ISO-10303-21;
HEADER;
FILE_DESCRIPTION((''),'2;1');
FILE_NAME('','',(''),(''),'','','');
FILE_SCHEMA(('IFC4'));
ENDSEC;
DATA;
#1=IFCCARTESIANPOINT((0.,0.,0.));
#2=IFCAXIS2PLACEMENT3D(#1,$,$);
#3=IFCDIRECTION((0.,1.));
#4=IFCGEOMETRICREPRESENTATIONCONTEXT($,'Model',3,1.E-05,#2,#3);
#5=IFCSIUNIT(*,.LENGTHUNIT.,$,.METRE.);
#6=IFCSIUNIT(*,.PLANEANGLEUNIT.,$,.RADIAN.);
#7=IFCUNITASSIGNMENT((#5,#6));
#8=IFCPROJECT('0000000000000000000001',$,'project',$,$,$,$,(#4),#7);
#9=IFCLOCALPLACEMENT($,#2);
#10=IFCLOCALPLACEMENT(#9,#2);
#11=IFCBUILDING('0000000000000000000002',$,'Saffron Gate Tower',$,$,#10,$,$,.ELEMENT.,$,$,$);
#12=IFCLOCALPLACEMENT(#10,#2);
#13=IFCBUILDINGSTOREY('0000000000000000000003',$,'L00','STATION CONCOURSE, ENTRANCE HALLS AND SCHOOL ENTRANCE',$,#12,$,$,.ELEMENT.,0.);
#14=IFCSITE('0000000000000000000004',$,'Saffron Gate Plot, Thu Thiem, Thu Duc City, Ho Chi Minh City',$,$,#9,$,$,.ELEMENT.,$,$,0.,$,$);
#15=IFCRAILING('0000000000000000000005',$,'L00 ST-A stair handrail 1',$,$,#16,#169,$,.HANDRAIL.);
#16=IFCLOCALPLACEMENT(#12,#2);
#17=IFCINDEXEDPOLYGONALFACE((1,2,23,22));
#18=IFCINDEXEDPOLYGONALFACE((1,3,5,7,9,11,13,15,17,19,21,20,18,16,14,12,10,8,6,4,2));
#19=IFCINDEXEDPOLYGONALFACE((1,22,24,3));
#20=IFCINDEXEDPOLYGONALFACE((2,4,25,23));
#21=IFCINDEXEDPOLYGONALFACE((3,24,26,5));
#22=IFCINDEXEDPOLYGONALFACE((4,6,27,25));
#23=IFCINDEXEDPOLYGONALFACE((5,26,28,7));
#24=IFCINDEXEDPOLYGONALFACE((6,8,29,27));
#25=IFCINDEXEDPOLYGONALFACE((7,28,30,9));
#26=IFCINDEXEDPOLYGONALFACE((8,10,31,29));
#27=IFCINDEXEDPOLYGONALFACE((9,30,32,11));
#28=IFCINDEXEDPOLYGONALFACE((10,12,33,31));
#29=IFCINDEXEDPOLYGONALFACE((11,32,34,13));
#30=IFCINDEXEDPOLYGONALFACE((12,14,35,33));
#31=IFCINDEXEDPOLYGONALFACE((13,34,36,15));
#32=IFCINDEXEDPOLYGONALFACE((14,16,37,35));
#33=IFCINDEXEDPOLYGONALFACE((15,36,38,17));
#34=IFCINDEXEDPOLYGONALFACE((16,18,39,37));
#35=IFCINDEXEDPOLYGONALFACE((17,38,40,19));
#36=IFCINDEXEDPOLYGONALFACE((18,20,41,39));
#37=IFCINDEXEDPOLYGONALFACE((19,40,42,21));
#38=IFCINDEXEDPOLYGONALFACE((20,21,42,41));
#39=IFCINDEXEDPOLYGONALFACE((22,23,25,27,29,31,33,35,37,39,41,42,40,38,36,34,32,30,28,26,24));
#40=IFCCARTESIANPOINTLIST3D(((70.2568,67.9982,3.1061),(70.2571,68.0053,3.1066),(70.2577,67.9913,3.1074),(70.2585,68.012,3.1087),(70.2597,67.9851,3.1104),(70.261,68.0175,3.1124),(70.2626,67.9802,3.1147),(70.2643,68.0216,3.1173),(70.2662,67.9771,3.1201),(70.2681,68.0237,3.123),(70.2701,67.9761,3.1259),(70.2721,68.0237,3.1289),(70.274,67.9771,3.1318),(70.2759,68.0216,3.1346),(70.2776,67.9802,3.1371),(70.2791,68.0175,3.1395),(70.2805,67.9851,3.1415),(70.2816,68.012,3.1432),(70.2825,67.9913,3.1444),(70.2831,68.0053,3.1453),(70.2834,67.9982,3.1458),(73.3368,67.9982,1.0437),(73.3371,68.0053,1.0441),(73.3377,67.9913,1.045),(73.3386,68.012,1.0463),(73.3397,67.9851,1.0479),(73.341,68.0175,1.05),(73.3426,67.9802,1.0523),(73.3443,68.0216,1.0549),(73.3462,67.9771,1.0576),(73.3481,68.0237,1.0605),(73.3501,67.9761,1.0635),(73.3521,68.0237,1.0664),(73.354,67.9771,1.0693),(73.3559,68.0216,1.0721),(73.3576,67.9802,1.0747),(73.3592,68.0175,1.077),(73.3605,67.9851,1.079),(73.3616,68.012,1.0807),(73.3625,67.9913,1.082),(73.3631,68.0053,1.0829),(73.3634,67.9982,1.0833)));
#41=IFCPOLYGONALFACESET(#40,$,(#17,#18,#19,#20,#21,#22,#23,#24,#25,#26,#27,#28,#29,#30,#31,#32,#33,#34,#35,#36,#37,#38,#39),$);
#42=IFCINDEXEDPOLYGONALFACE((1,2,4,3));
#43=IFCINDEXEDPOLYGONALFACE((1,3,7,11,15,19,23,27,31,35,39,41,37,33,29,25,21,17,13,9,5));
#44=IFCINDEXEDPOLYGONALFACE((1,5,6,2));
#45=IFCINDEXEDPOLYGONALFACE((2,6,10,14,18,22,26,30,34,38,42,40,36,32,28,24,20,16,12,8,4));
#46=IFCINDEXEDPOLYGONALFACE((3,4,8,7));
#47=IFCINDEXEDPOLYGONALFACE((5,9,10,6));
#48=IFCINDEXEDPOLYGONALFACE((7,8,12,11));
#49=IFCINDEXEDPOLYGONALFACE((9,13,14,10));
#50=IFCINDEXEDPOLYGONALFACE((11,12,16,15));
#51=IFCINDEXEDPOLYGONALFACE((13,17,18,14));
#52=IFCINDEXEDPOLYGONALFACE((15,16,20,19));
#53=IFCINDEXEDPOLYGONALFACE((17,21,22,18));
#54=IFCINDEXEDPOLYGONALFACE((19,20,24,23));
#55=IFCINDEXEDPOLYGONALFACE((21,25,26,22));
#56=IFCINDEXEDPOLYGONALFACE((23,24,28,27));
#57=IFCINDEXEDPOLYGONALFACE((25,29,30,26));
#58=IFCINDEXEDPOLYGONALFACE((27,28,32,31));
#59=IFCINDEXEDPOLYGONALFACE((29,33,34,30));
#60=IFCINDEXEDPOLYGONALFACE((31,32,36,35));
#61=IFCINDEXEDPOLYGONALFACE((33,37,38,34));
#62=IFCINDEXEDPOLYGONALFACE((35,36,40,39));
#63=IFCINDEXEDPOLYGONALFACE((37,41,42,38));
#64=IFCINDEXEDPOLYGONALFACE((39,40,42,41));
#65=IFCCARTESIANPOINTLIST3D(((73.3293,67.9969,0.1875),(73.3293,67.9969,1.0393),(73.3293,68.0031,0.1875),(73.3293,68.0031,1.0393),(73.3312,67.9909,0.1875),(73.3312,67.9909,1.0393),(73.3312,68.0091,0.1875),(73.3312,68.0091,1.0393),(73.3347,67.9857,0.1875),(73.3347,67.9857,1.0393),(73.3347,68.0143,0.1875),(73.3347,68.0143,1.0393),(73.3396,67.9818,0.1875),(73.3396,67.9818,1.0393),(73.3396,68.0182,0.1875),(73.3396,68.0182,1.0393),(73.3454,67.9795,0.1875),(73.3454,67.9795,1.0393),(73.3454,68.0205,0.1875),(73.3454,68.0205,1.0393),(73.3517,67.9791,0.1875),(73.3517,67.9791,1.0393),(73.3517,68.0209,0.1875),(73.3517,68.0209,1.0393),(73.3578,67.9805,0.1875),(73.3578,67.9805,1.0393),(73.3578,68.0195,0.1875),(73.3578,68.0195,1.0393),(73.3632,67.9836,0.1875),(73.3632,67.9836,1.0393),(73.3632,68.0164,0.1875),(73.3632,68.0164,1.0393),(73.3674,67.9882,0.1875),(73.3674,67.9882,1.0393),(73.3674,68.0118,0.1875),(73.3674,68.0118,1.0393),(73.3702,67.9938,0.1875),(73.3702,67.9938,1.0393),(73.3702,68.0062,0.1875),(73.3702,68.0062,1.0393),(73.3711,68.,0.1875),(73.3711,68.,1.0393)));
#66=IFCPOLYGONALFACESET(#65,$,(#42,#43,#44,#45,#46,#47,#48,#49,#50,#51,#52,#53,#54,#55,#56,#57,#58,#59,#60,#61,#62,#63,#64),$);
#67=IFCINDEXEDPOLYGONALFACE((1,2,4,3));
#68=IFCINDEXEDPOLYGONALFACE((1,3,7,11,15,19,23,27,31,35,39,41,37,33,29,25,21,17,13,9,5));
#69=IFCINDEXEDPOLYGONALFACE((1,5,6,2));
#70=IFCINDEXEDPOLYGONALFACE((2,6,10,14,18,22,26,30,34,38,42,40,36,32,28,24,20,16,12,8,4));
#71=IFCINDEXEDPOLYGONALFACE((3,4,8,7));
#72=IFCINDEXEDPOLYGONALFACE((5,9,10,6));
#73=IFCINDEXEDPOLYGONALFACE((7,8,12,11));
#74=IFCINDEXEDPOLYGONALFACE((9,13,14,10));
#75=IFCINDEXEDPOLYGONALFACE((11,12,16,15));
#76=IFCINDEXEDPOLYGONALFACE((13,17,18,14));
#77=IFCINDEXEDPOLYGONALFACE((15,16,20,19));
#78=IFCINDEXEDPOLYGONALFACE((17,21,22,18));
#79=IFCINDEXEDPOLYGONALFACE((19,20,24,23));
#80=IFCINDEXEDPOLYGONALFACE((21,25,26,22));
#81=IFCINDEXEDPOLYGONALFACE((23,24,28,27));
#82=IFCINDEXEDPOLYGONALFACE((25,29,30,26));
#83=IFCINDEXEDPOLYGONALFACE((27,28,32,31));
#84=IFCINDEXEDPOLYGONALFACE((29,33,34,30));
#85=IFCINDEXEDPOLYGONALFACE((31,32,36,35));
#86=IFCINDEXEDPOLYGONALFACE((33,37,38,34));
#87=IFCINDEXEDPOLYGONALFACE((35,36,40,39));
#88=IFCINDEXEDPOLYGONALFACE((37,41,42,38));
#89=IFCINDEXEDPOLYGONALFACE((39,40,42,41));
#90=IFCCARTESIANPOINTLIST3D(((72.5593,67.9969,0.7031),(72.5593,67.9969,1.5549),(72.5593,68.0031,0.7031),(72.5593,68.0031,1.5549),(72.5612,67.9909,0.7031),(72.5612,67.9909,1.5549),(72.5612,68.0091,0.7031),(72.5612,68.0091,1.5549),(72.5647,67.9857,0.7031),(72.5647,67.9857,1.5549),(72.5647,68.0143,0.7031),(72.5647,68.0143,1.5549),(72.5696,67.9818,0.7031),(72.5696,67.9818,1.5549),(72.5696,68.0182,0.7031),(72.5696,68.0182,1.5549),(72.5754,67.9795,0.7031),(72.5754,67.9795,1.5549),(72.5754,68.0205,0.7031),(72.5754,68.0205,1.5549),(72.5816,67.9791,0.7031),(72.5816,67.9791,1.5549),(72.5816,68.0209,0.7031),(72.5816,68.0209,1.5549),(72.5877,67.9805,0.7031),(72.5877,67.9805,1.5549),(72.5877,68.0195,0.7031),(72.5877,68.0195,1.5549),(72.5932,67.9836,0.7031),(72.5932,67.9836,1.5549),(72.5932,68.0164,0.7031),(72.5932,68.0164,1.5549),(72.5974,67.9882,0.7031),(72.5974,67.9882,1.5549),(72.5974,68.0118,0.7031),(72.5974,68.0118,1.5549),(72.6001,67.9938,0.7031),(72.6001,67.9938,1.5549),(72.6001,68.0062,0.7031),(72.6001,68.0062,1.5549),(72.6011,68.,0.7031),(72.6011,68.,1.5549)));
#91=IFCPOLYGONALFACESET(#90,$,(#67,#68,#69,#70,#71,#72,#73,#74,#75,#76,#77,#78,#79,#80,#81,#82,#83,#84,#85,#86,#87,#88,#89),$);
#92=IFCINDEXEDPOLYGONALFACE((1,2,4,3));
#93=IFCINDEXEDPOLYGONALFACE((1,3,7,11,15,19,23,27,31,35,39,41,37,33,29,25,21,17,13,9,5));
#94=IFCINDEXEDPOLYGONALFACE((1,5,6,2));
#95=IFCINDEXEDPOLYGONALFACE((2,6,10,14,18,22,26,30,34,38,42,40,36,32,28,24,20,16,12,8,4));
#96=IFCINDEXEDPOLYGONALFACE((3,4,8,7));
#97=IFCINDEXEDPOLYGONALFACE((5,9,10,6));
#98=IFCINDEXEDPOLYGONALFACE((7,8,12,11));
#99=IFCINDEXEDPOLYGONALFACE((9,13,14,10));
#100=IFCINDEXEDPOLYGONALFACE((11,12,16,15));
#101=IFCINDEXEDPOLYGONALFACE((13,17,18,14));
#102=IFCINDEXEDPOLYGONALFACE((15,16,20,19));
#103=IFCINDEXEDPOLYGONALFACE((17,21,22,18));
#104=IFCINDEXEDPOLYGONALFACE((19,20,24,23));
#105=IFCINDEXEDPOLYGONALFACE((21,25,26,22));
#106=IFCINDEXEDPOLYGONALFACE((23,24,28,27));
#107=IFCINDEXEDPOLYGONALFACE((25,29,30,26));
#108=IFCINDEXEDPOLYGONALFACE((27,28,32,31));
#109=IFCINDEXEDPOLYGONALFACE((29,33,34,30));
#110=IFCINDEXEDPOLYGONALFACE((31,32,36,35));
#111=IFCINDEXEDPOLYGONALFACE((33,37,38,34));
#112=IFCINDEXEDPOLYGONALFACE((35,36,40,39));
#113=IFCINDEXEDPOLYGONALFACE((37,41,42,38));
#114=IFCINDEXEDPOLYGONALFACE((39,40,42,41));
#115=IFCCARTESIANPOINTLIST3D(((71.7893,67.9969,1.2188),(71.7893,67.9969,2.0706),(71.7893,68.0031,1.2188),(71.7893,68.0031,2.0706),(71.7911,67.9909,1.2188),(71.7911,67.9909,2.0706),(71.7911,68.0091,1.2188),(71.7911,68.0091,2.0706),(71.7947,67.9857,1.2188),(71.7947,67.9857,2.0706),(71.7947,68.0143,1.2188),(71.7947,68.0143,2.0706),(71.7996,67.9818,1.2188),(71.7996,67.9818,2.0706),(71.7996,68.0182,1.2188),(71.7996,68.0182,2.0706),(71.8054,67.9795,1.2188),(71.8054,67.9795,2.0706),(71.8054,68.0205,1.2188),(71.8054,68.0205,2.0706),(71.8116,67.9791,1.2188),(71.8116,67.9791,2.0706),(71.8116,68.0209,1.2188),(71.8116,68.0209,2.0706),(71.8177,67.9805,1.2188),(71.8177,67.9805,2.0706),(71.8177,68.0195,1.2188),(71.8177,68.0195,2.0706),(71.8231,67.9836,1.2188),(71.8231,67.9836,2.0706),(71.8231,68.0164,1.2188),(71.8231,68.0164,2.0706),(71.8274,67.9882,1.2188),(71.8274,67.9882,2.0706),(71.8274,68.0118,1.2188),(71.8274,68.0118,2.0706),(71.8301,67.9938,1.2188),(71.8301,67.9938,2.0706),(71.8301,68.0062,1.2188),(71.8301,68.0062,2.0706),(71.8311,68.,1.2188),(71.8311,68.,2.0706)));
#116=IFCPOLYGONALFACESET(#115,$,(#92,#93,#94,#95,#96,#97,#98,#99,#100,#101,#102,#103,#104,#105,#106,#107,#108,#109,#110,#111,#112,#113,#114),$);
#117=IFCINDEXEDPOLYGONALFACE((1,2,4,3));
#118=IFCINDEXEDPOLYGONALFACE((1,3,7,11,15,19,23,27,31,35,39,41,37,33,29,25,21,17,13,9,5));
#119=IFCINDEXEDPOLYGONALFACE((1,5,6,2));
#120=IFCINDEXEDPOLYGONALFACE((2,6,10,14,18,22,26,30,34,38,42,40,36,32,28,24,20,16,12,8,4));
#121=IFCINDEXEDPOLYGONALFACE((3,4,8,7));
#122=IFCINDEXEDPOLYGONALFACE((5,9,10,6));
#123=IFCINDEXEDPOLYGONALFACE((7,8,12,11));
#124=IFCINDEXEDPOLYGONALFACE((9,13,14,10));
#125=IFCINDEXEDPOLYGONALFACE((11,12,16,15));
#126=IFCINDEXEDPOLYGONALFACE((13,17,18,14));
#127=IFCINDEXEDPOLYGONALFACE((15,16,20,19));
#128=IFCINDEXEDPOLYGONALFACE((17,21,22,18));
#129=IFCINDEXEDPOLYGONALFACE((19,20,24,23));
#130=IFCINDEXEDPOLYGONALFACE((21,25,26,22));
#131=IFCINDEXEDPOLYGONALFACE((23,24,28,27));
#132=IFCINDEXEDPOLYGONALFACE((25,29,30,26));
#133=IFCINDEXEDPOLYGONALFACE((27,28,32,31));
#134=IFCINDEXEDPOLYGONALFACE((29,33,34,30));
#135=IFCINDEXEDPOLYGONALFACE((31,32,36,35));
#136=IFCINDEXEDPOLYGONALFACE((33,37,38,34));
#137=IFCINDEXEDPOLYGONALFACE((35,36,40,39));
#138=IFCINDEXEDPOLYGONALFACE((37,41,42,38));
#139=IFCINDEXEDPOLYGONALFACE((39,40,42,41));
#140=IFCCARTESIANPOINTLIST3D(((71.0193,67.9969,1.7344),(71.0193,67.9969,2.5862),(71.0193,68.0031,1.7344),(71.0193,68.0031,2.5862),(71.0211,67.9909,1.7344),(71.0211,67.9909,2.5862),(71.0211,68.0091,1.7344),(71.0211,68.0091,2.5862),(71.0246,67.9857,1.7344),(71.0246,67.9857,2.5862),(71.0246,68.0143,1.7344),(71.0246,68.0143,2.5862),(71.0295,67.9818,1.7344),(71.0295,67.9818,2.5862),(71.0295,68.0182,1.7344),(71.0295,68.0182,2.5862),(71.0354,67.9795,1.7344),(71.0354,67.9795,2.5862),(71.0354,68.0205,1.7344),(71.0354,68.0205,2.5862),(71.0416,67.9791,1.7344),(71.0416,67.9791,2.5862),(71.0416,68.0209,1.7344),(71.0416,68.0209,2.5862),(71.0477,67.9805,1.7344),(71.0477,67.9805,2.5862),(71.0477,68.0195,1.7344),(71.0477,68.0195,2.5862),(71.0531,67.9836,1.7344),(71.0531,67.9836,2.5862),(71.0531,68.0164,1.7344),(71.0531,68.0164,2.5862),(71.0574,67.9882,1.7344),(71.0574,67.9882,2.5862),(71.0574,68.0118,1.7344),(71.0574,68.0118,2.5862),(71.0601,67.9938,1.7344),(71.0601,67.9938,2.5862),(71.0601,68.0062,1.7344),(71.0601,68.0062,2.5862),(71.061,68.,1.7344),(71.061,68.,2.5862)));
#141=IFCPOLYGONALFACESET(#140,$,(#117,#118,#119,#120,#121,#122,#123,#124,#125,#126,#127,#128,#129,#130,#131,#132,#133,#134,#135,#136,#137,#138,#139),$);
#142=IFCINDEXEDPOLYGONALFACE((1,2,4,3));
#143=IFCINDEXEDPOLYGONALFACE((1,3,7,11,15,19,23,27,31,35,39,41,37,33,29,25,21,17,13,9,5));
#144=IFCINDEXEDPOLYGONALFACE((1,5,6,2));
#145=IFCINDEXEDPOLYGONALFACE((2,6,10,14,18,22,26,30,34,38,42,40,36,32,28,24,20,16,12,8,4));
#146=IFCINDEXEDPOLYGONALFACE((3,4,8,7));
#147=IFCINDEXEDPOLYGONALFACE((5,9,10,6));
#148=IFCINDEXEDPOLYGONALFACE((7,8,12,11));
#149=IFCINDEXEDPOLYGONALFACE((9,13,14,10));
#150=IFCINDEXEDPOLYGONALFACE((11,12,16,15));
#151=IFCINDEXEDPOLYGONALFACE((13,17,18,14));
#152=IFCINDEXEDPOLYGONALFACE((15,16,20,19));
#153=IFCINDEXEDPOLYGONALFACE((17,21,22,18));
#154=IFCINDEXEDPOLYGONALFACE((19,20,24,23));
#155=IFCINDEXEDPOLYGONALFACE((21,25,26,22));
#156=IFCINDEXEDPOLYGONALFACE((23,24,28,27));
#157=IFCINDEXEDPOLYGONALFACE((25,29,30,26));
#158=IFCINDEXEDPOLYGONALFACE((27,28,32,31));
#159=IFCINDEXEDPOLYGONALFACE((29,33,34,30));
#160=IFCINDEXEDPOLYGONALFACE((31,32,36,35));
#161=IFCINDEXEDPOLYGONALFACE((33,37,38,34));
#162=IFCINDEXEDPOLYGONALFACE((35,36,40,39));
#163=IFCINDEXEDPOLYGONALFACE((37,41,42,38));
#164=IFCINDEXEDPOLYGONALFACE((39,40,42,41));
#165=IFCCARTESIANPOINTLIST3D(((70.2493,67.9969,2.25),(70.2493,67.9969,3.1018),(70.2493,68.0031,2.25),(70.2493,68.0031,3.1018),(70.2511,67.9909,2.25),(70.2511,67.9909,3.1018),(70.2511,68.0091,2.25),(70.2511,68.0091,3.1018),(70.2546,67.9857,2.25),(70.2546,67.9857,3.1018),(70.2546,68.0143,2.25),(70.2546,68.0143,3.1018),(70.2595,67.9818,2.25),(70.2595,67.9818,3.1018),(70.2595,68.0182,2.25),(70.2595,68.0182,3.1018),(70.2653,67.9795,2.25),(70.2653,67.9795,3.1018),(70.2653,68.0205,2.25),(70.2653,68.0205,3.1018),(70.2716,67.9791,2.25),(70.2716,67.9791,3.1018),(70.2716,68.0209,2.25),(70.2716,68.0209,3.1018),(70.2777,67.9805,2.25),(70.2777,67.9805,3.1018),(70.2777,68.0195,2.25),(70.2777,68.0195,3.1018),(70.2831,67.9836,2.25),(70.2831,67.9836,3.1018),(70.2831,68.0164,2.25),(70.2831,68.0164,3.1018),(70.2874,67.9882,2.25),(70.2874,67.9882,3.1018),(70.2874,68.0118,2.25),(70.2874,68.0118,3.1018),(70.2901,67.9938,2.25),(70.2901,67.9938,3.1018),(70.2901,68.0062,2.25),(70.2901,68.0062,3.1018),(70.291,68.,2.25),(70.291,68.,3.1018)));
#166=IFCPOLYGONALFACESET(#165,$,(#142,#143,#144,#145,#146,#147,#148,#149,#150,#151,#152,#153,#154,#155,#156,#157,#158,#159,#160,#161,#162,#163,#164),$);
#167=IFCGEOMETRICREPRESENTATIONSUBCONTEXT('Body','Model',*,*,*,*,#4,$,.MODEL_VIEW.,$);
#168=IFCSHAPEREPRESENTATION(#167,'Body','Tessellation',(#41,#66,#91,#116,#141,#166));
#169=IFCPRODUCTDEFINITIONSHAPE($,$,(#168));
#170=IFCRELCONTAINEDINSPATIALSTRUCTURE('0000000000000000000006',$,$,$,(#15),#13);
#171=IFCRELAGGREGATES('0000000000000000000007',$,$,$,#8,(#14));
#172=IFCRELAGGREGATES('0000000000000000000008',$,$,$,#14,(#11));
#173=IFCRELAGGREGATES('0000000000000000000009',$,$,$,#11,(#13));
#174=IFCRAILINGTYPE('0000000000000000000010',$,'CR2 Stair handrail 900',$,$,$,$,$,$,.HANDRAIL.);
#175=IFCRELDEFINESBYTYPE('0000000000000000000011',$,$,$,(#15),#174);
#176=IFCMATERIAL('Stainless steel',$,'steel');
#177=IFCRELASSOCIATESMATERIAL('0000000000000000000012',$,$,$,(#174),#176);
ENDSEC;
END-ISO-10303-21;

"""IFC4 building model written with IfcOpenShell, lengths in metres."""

from ifc_helpers import new_model, si_unit, direction, frame, origin, origin_2d, place, context, subcontext, project, spatial, circle, extrude, material, type_object, element, save


model = new_model("IFC4")

# Units and contexts
model_context = context("Model", 3, precision=1e-05, world=origin(), true_north=direction((0.0, 1.0)))
body_context = subcontext(model_context, "Body", "Model", "MODEL_VIEW")
ifc_project = project(units=[si_unit("LENGTHUNIT", "METRE"), si_unit("PLANEANGLEUNIT", "RADIAN")], contexts=[model_context])

# Site, building, storey
site_placement = place(None, origin())
site = spatial("IfcSite", under=ifc_project, at=site_placement, Name="Saffron Gate Plot, Thu Thiem, Thu Duc City, Ho Chi Minh City", CompositionType="ELEMENT", RefElevation=0.0)
building_placement = place(site_placement, origin())
building = spatial("IfcBuilding", under=site, at=building_placement, Name="Saffron Gate Tower", CompositionType="ELEMENT")
storey_placement = place(building_placement, origin())
storey = spatial("IfcBuildingStorey", under=building, at=storey_placement, Name="L00", Description="STATION CONCOURSE, ENTRANCE HALLS AND SCHOOL ENTRANCE", CompositionType="ELEMENT", Elevation=0.0)

# Railing
ifc_material_1 = material(Name="Stainless steel", Category="steel")
railing_type_1 = type_object("IfcRailingType", Name="CR2 Stair handrail 900", PredefinedType="HANDRAIL", material=ifc_material_1)
for number, where, name in (
    (1, (73.3501, 68.0, 0.1875), "L00 ST-A stair handrail 1"),
):
    element("IfcRailing", number, at=place(storey_placement, frame(where)), inside=storey, type_object=railing_type_1, Name=name, PredefinedType="HANDRAIL", context=body_context, shape_type="SweptSolid", body=[
        extrude(circle(Radius=0.0239, at=origin_2d()), frame((0.0, 0.0, 0.876), z_axis=(-0.830914, 0.0, 0.556401), x_axis=(0.0, -1.0, 0.0)), (0.0, 0.0, 1.0), 3.7068),
        extrude(circle(Radius=0.021, at=origin_2d()), origin(), (0.0, 0.0, 1.0), 0.8518),
        extrude(circle(Radius=0.021, at=origin_2d()), frame((-0.77, 0.0, 0.5156)), (0.0, 0.0, 1.0), 0.8518),
        extrude(circle(Radius=0.021, at=origin_2d()), frame((-1.54, 0.0, 1.0312)), (0.0, 0.0, 1.0), 0.8518),
        extrude(circle(Radius=0.021, at=origin_2d()), frame((-2.3101, 0.0, 1.5469)), (0.0, 0.0, 1.0), 0.8518),
        extrude(circle(Radius=0.021, at=origin_2d()), frame((-3.0801, 0.0, 2.0625)), (0.0, 0.0, 1.0), 0.8518),
    ])

save(model, "model.ifc")
